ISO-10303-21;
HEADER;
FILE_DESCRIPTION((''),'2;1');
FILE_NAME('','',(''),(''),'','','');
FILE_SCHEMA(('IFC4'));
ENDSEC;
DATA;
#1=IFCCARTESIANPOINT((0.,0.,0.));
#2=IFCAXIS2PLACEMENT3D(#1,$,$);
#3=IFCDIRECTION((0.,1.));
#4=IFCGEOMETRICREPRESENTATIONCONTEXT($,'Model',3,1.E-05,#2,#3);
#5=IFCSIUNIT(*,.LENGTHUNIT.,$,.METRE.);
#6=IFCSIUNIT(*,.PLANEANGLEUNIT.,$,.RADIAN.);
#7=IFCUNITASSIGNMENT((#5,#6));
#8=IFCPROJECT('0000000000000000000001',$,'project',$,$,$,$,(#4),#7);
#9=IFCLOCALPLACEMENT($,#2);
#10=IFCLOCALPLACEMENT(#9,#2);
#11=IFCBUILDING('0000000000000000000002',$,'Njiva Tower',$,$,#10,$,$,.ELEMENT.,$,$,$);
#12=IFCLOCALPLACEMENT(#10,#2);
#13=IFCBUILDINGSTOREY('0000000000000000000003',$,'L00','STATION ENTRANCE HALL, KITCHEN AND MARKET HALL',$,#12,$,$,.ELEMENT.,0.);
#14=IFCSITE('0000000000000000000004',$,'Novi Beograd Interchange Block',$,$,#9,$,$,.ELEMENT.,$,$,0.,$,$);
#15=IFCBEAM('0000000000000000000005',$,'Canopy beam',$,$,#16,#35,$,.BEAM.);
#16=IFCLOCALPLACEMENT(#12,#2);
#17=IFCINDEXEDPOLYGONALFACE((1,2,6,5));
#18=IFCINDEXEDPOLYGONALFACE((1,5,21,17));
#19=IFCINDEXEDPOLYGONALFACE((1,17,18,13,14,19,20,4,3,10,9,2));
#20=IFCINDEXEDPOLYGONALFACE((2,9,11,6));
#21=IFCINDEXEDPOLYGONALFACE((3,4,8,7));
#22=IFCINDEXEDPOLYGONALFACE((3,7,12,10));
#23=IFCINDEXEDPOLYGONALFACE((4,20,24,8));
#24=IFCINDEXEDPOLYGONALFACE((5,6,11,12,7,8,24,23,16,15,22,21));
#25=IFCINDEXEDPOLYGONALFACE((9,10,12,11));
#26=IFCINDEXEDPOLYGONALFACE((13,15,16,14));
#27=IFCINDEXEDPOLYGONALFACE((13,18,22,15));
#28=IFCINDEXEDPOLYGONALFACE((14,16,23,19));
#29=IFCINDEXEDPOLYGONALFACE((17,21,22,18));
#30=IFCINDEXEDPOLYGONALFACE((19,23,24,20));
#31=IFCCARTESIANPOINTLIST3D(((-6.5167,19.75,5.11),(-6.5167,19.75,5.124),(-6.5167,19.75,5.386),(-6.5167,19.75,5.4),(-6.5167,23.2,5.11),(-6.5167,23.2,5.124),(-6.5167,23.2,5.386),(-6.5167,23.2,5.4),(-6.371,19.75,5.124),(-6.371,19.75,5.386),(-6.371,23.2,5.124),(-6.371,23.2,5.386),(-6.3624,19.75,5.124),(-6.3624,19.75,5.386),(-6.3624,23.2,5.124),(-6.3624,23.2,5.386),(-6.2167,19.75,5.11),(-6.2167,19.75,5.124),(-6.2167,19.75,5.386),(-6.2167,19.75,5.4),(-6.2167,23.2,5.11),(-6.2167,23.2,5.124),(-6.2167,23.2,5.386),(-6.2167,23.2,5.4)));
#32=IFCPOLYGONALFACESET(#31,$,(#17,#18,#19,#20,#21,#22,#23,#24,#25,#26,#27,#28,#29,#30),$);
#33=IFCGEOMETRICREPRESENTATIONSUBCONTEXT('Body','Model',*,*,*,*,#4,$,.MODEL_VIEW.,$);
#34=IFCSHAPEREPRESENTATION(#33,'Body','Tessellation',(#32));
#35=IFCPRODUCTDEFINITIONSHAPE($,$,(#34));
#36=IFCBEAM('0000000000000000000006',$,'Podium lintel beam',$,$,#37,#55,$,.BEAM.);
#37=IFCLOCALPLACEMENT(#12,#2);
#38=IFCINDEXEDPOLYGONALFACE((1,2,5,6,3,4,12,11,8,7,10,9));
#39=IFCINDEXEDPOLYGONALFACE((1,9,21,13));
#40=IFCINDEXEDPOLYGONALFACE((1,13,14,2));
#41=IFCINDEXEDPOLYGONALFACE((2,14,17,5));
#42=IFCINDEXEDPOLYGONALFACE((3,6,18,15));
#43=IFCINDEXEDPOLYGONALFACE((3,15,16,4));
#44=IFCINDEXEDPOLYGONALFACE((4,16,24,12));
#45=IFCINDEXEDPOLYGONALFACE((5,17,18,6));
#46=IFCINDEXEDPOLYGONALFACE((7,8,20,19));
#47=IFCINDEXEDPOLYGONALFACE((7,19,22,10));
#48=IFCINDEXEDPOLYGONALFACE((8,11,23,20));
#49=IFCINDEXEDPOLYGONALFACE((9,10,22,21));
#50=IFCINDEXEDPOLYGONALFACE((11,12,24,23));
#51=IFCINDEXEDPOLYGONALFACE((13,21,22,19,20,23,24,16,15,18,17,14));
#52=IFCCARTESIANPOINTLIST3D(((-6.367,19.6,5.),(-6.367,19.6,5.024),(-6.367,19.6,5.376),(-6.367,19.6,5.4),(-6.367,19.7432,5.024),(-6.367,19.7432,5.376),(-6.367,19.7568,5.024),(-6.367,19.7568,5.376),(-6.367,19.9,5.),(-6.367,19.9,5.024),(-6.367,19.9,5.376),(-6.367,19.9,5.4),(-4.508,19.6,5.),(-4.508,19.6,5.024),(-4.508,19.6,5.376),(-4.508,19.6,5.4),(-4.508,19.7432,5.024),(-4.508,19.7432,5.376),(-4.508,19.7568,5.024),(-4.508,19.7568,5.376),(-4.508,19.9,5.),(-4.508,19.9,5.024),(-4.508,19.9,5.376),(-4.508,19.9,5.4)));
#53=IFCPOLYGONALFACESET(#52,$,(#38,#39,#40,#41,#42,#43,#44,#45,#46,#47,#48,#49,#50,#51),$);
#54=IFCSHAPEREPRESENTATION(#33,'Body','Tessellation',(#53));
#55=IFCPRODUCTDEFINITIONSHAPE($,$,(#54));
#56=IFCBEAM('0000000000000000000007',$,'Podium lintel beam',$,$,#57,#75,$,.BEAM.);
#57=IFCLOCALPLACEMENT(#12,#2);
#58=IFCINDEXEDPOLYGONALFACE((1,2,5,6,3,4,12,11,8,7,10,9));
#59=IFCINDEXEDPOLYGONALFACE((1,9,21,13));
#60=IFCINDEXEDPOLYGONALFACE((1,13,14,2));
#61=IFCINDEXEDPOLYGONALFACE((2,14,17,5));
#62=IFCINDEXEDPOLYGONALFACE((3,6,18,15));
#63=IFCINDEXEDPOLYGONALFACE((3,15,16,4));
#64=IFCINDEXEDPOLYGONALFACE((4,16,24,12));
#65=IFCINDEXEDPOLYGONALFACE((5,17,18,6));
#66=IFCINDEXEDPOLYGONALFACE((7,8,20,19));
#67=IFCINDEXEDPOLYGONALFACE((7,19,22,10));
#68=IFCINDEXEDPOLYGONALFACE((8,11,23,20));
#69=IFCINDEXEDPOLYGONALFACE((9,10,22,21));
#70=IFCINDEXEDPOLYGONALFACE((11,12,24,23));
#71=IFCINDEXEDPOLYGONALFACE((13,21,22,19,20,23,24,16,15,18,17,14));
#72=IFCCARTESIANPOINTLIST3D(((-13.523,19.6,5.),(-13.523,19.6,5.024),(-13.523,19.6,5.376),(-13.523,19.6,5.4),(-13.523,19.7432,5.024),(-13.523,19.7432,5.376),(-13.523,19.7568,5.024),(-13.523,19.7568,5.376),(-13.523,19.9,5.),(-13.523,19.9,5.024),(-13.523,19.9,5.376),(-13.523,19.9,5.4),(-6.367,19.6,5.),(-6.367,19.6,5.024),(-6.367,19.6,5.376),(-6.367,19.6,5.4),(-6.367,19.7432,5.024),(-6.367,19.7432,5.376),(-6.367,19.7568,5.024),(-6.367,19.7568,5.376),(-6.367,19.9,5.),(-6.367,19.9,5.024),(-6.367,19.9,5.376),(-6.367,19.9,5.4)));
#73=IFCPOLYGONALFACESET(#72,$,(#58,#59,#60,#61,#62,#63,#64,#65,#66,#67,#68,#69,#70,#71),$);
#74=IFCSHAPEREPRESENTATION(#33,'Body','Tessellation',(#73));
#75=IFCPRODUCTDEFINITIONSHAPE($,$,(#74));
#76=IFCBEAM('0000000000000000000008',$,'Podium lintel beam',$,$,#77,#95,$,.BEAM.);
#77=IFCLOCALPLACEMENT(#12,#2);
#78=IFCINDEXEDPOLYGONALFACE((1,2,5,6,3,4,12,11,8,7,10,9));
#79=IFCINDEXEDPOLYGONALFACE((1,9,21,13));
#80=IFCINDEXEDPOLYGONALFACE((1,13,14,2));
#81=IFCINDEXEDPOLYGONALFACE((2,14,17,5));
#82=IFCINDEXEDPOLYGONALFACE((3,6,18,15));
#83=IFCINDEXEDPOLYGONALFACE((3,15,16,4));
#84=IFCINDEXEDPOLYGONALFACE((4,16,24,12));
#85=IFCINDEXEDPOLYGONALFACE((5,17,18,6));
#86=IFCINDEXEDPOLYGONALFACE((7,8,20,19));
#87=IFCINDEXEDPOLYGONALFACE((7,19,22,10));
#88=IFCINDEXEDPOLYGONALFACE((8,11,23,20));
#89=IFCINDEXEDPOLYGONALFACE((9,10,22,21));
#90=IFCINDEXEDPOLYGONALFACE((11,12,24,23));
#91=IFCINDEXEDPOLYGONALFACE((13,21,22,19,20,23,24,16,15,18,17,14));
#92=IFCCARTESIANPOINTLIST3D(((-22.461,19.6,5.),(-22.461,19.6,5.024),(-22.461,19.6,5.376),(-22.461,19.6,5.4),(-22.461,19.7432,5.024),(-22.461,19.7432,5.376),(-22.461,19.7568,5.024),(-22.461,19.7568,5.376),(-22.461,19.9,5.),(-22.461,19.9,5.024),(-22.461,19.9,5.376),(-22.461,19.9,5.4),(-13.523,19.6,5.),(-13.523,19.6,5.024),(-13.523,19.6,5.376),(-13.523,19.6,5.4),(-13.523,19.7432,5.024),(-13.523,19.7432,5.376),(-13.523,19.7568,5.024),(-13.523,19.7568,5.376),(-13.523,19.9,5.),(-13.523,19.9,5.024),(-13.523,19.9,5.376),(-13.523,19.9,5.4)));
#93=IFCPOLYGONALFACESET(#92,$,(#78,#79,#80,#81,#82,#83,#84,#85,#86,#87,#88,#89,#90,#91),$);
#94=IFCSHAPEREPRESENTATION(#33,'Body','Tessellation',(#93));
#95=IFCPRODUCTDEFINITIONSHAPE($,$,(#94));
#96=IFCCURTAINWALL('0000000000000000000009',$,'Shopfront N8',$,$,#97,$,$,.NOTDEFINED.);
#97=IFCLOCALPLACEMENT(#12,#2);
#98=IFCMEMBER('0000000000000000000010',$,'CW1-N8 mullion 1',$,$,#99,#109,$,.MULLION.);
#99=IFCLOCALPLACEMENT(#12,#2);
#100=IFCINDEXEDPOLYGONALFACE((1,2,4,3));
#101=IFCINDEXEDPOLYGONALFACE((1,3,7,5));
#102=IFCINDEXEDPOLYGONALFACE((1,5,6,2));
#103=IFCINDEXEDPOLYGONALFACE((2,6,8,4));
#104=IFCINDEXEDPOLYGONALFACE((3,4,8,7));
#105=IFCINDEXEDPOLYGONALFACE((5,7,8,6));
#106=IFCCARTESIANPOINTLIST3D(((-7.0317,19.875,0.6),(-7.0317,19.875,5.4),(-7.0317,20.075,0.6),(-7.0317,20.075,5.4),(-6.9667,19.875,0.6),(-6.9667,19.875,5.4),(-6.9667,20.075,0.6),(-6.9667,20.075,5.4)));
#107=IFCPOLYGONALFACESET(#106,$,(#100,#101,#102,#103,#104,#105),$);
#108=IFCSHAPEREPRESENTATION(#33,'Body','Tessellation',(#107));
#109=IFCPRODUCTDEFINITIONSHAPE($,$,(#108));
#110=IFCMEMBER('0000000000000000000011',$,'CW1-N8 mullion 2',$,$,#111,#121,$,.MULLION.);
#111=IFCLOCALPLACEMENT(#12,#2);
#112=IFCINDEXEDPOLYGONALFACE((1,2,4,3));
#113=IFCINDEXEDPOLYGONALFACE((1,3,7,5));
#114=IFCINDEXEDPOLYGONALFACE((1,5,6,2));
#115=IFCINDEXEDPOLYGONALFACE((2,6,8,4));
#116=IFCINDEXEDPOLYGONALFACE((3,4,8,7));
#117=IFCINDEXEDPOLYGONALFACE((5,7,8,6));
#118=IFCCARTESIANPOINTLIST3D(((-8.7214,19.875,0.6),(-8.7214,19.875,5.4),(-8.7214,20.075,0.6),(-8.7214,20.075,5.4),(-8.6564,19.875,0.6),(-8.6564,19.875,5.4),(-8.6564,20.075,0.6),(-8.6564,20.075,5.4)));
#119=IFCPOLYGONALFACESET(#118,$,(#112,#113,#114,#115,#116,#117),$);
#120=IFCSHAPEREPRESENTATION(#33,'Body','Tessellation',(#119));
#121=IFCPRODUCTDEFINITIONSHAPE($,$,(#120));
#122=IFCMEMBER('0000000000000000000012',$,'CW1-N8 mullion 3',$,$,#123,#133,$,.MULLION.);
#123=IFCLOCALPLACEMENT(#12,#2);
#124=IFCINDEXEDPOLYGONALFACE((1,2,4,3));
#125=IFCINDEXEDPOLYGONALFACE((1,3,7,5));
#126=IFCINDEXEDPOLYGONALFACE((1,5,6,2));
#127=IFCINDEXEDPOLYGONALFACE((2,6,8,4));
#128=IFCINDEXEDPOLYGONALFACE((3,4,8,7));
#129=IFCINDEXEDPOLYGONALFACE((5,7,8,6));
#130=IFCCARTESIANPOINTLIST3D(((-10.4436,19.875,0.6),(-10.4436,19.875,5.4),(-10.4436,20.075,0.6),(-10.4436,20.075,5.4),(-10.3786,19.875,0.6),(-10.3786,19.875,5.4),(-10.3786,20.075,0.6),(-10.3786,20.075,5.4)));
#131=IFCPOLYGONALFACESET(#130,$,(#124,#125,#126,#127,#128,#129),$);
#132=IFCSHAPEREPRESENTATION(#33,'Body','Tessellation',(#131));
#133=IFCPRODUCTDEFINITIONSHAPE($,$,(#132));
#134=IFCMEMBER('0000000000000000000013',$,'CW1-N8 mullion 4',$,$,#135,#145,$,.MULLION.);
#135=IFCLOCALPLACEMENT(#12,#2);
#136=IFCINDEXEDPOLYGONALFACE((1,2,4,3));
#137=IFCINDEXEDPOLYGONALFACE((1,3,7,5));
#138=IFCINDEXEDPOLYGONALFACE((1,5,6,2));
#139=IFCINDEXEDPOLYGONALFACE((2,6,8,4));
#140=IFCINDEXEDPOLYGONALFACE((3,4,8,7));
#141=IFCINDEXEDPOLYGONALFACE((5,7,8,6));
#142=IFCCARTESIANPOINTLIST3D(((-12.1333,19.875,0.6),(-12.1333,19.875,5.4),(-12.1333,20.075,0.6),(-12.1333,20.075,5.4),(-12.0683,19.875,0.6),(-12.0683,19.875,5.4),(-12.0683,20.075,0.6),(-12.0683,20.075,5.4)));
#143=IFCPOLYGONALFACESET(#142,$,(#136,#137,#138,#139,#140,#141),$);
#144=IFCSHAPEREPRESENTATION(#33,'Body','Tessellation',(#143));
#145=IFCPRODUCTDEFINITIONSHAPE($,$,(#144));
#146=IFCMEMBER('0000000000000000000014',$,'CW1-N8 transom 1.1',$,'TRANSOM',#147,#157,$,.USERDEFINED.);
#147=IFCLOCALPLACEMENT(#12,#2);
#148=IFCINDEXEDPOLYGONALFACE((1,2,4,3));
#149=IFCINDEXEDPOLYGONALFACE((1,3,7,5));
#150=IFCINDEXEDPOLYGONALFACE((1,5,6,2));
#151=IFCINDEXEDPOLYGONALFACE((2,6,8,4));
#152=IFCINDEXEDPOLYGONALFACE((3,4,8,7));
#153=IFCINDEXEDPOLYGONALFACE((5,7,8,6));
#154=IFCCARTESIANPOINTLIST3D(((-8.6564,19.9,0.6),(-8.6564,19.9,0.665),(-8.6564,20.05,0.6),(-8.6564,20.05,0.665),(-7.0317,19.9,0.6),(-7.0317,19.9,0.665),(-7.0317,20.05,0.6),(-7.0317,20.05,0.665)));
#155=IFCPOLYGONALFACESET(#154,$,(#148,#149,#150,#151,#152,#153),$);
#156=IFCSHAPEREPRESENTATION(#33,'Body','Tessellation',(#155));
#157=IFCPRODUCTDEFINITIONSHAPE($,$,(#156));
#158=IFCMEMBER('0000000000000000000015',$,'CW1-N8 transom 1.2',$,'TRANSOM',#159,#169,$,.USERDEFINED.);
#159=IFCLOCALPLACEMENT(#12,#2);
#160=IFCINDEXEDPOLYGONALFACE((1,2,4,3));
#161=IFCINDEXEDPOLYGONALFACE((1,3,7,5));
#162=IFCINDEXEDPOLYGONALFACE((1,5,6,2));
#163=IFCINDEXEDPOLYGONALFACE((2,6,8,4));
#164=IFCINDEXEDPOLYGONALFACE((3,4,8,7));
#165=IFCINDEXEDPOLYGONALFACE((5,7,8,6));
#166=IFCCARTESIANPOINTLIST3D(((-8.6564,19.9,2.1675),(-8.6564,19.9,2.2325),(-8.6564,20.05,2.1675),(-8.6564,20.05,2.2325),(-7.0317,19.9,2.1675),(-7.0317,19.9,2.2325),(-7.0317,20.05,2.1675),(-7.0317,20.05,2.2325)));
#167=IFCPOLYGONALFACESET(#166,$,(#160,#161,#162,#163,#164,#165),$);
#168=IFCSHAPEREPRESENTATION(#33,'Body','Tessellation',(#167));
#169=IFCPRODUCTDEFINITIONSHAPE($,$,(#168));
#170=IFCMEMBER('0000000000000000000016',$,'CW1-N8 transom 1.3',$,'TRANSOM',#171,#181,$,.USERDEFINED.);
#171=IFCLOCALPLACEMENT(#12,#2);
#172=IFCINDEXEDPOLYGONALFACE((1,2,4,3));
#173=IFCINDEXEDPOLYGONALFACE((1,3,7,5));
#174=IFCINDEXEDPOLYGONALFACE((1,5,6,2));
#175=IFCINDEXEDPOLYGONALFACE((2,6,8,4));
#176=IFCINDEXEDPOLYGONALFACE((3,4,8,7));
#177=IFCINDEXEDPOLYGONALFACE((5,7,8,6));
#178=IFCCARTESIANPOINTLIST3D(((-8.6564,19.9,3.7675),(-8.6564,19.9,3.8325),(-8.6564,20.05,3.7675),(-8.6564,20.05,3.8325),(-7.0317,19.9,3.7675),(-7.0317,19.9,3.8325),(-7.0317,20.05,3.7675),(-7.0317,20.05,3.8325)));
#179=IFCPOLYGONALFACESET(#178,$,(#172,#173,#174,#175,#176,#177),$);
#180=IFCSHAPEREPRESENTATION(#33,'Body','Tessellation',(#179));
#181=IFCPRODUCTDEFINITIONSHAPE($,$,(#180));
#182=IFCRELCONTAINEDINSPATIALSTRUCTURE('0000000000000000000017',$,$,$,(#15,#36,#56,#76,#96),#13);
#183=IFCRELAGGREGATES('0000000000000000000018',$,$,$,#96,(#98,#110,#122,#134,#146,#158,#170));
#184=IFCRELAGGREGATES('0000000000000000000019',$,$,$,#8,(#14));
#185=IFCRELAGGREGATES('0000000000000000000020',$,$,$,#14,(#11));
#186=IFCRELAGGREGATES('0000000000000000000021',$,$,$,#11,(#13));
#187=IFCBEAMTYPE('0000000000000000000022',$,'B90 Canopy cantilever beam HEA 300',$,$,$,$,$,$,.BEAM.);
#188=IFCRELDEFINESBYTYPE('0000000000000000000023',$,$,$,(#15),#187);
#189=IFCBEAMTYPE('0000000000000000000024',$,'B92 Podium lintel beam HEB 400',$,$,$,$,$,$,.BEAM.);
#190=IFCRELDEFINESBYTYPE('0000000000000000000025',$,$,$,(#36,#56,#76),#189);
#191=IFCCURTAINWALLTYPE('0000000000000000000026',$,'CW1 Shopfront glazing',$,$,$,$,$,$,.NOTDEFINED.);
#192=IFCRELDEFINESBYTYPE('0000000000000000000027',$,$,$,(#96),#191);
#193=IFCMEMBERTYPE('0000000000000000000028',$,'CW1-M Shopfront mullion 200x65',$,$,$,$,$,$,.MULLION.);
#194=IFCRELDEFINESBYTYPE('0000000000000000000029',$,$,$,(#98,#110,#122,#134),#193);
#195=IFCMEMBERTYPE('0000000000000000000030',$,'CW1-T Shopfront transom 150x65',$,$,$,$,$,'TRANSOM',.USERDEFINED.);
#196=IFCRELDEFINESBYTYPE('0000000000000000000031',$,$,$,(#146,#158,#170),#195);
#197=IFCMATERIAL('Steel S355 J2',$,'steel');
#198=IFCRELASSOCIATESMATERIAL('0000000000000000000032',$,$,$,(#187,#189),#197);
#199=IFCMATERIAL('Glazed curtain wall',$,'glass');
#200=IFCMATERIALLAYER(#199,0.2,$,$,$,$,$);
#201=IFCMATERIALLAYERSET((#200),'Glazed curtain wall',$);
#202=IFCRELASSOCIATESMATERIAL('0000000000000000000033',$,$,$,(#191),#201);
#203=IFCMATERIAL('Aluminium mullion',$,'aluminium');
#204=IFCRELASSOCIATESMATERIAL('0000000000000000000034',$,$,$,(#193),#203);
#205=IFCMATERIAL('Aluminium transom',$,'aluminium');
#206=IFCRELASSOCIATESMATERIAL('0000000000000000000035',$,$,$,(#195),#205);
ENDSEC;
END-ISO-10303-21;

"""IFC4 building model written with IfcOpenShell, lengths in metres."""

from ifc_helpers import new_model, si_unit, direction, frame, origin, origin_2d, place, context, subcontext, project, spatial, rectangle, i_section, extrude, material, layer, layer_set, material_profile, profile_set, type_object, element, aggregate, save


model = new_model("IFC4")

# Units and contexts
model_context = context("Model", 3, precision=1e-05, world=origin(), true_north=direction((0.0, 1.0)))
body_context = subcontext(model_context, "Body", "Model", "MODEL_VIEW")
ifc_project = project(units=[si_unit("LENGTHUNIT", "METRE"), si_unit("PLANEANGLEUNIT", "RADIAN")], contexts=[model_context])

# Site, building, storey
site_placement = place(None, origin())
site = spatial("IfcSite", under=ifc_project, at=site_placement, Name="Novi Beograd Interchange Block", CompositionType="ELEMENT", RefElevation=0.0)
building_placement = place(site_placement, origin())
building = spatial("IfcBuilding", under=site, at=building_placement, Name="Njiva Tower", CompositionType="ELEMENT")
storey_placement = place(building_placement, origin())
storey = spatial("IfcBuildingStorey", under=building, at=storey_placement, Name="L00", Description="STATION ENTRANCE HALL, KITCHEN AND MARKET HALL", CompositionType="ELEMENT", Elevation=0.0)

# Beams
ifc_material_1 = material(Name="Steel S355 J2", Category="steel")
ifc_material_profile_1 = material_profile(ifc_material_1, i_section(OverallWidth=0.3, OverallDepth=0.29, WebThickness=0.0085, FlangeThickness=0.014, at=origin_2d()), Name="HEA300")
ifc_profile_set_1 = profile_set([ifc_material_profile_1], Name="Steel S355 J2")
beam_type_1 = type_object("IfcBeamType", Name="B90 Canopy cantilever beam HEA 300", PredefinedType="BEAM", material=ifc_profile_set_1)
beam_1_placement = place(storey_placement, frame((-6.3667, 19.75, 5.255), z_axis=(0.0, 1.0, 0.0), x_axis=(-1.0, 0.0, 0.0)))
element("IfcBeam", 1, at=beam_1_placement, inside=storey, type_object=beam_type_1, Name="Canopy beam", PredefinedType="BEAM", context=body_context, shape_type="SweptSolid", body=[
    extrude(i_section(OverallWidth=0.3, OverallDepth=0.29, WebThickness=0.0085, FlangeThickness=0.014, at=origin_2d()), origin(), (0.0, 0.0, 1.0), 3.45),
])
ifc_material_profile_2 = material_profile(ifc_material_1, i_section(OverallWidth=0.3, OverallDepth=0.4, WebThickness=0.0135, FlangeThickness=0.024, at=origin_2d()), Name="HEB400")
ifc_profile_set_2 = profile_set([ifc_material_profile_2], Name="Steel S355 J2")
beam_type_2 = type_object("IfcBeamType", Name="B92 Podium lintel beam HEB 400", PredefinedType="BEAM", material=ifc_profile_set_2)
beam_2_placement = place(storey_placement, frame((-4.508, 19.75, 5.2), z_axis=(-1.0, 0.0, 0.0), x_axis=(0.0, -1.0, 0.0)))
element("IfcBeam", 2, at=beam_2_placement, inside=storey, type_object=beam_type_2, Name="Podium lintel beam", PredefinedType="BEAM", context=body_context, shape_type="SweptSolid", body=[
    extrude(i_section(OverallWidth=0.3, OverallDepth=0.4, WebThickness=0.0135, FlangeThickness=0.024, at=origin_2d()), origin(), (0.0, 0.0, 1.0), 1.859),
])
beam_3_placement = place(storey_placement, frame((-6.367, 19.75, 5.2), z_axis=(-1.0, 0.0, 0.0), x_axis=(0.0, -1.0, 0.0)))
element("IfcBeam", 3, at=beam_3_placement, inside=storey, type_object=beam_type_2, Name="Podium lintel beam", PredefinedType="BEAM", context=body_context, shape_type="SweptSolid", body=[
    extrude(i_section(OverallWidth=0.3, OverallDepth=0.4, WebThickness=0.0135, FlangeThickness=0.024, at=origin_2d()), origin(), (0.0, 0.0, 1.0), 7.156),
])
beam_4_placement = place(storey_placement, frame((-13.523, 19.75, 5.2), z_axis=(-1.0, 0.0, 0.0), x_axis=(0.0, -1.0, 0.0)))
element("IfcBeam", 4, at=beam_4_placement, inside=storey, type_object=beam_type_2, Name="Podium lintel beam", PredefinedType="BEAM", context=body_context, shape_type="SweptSolid", body=[
    extrude(i_section(OverallWidth=0.3, OverallDepth=0.4, WebThickness=0.0135, FlangeThickness=0.024, at=origin_2d()), origin(), (0.0, 0.0, 1.0), 8.938),
])

# Curtain wall, members
ifc_material_2 = material(Name="Glazed curtain wall", Category="glass")
ifc_layer_1 = layer(ifc_material_2, 0.2)
ifc_layer_set_1 = layer_set([ifc_layer_1], Name="Glazed curtain wall")
curtain_wall_type = type_object("IfcCurtainWallType", Name="CW1 Shopfront glazing", PredefinedType="NOTDEFINED", material=ifc_layer_set_1)
curtain_wall_placement = place(storey_placement, origin())
curtain_wall = element("IfcCurtainWall", 5, at=curtain_wall_placement, inside=storey, type_object=curtain_wall_type, Name="Shopfront N8", PredefinedType="NOTDEFINED")
ifc_material_3 = material(Name="Aluminium mullion", Category="aluminium")
ifc_material_profile_3 = material_profile(ifc_material_3, rectangle(XDim=0.2, YDim=0.065, at=origin_2d()), Name="RECT 200x65")
ifc_profile_set_3 = profile_set([ifc_material_profile_3], Name="Aluminium mullion")
member_type_1 = type_object("IfcMemberType", Name="CW1-M Shopfront mullion 200x65", PredefinedType="MULLION", material=ifc_profile_set_3)
member_1_placement = place(storey_placement, frame((-6.9992, 19.975, 0.6), z_axis=(0.0, 0.0, 1.0), x_axis=(0.0, -1.0, 0.0)))
member_1 = element("IfcMember", 6, at=member_1_placement, type_object=member_type_1, Name="CW1-N8 mullion 1", PredefinedType="MULLION", context=body_context, shape_type="SweptSolid", body=[
    extrude(rectangle(XDim=0.2, YDim=0.065, at=origin_2d()), origin(), (0.0, 0.0, 1.0), 4.8),
])
member_2_placement = place(storey_placement, frame((-8.6889, 19.975, 0.6), z_axis=(0.0, 0.0, 1.0), x_axis=(0.0, -1.0, 0.0)))
member_2 = element("IfcMember", 7, at=member_2_placement, type_object=member_type_1, Name="CW1-N8 mullion 2", PredefinedType="MULLION", context=body_context, shape_type="SweptSolid", body=[
    extrude(rectangle(XDim=0.2, YDim=0.065, at=origin_2d()), origin(), (0.0, 0.0, 1.0), 4.8),
])
member_3_placement = place(storey_placement, frame((-10.4111, 19.975, 0.6), z_axis=(0.0, 0.0, 1.0), x_axis=(0.0, -1.0, 0.0)))
member_3 = element("IfcMember", 8, at=member_3_placement, type_object=member_type_1, Name="CW1-N8 mullion 3", PredefinedType="MULLION", context=body_context, shape_type="SweptSolid", body=[
    extrude(rectangle(XDim=0.2, YDim=0.065, at=origin_2d()), origin(), (0.0, 0.0, 1.0), 4.8),
])
member_4_placement = place(storey_placement, frame((-12.1008, 19.975, 0.6), z_axis=(0.0, 0.0, 1.0), x_axis=(0.0, -1.0, 0.0)))
member_4 = element("IfcMember", 9, at=member_4_placement, type_object=member_type_1, Name="CW1-N8 mullion 4", PredefinedType="MULLION", context=body_context, shape_type="SweptSolid", body=[
    extrude(rectangle(XDim=0.2, YDim=0.065, at=origin_2d()), origin(), (0.0, 0.0, 1.0), 4.8),
])
ifc_material_4 = material(Name="Aluminium transom", Category="aluminium")
ifc_material_profile_4 = material_profile(ifc_material_4, rectangle(XDim=0.15, YDim=0.065, at=origin_2d()), Name="RECT 150x65")
ifc_profile_set_4 = profile_set([ifc_material_profile_4], Name="Aluminium transom")
member_type_2 = type_object("IfcMemberType", Name="CW1-T Shopfront transom 150x65", ElementType="TRANSOM", PredefinedType="USERDEFINED", material=ifc_profile_set_4)
member_5_placement = place(storey_placement, frame((-7.0317, 19.975, 0.6325), z_axis=(-1.0, 0.0, 0.0), x_axis=(0.0, -1.0, 0.0)))
member_5 = element("IfcMember", 10, at=member_5_placement, type_object=member_type_2, Name="CW1-N8 transom 1.1", ObjectType="TRANSOM", PredefinedType="USERDEFINED", context=body_context, shape_type="SweptSolid", body=[
    extrude(rectangle(XDim=0.15, YDim=0.065, at=origin_2d()), origin(), (0.0, 0.0, 1.0), 1.6247),
])
member_6_placement = place(storey_placement, frame((-7.0317, 19.975, 2.2), z_axis=(-1.0, 0.0, 0.0), x_axis=(0.0, -1.0, 0.0)))
member_6 = element("IfcMember", 11, at=member_6_placement, type_object=member_type_2, Name="CW1-N8 transom 1.2", ObjectType="TRANSOM", PredefinedType="USERDEFINED", context=body_context, shape_type="SweptSolid", body=[
    extrude(rectangle(XDim=0.15, YDim=0.065, at=origin_2d()), origin(), (0.0, 0.0, 1.0), 1.6247),
])
member_7_placement = place(storey_placement, frame((-7.0317, 19.975, 3.8), z_axis=(-1.0, 0.0, 0.0), x_axis=(0.0, -1.0, 0.0)))
member_7 = element("IfcMember", 12, at=member_7_placement, type_object=member_type_2, Name="CW1-N8 transom 1.3", ObjectType="TRANSOM", PredefinedType="USERDEFINED", context=body_context, shape_type="SweptSolid", body=[
    extrude(rectangle(XDim=0.15, YDim=0.065, at=origin_2d()), origin(), (0.0, 0.0, 1.0), 1.6247),
])
aggregate(curtain_wall, [member_1, member_2, member_3, member_4, member_5, member_6, member_7])

save(model, "model.ifc")
